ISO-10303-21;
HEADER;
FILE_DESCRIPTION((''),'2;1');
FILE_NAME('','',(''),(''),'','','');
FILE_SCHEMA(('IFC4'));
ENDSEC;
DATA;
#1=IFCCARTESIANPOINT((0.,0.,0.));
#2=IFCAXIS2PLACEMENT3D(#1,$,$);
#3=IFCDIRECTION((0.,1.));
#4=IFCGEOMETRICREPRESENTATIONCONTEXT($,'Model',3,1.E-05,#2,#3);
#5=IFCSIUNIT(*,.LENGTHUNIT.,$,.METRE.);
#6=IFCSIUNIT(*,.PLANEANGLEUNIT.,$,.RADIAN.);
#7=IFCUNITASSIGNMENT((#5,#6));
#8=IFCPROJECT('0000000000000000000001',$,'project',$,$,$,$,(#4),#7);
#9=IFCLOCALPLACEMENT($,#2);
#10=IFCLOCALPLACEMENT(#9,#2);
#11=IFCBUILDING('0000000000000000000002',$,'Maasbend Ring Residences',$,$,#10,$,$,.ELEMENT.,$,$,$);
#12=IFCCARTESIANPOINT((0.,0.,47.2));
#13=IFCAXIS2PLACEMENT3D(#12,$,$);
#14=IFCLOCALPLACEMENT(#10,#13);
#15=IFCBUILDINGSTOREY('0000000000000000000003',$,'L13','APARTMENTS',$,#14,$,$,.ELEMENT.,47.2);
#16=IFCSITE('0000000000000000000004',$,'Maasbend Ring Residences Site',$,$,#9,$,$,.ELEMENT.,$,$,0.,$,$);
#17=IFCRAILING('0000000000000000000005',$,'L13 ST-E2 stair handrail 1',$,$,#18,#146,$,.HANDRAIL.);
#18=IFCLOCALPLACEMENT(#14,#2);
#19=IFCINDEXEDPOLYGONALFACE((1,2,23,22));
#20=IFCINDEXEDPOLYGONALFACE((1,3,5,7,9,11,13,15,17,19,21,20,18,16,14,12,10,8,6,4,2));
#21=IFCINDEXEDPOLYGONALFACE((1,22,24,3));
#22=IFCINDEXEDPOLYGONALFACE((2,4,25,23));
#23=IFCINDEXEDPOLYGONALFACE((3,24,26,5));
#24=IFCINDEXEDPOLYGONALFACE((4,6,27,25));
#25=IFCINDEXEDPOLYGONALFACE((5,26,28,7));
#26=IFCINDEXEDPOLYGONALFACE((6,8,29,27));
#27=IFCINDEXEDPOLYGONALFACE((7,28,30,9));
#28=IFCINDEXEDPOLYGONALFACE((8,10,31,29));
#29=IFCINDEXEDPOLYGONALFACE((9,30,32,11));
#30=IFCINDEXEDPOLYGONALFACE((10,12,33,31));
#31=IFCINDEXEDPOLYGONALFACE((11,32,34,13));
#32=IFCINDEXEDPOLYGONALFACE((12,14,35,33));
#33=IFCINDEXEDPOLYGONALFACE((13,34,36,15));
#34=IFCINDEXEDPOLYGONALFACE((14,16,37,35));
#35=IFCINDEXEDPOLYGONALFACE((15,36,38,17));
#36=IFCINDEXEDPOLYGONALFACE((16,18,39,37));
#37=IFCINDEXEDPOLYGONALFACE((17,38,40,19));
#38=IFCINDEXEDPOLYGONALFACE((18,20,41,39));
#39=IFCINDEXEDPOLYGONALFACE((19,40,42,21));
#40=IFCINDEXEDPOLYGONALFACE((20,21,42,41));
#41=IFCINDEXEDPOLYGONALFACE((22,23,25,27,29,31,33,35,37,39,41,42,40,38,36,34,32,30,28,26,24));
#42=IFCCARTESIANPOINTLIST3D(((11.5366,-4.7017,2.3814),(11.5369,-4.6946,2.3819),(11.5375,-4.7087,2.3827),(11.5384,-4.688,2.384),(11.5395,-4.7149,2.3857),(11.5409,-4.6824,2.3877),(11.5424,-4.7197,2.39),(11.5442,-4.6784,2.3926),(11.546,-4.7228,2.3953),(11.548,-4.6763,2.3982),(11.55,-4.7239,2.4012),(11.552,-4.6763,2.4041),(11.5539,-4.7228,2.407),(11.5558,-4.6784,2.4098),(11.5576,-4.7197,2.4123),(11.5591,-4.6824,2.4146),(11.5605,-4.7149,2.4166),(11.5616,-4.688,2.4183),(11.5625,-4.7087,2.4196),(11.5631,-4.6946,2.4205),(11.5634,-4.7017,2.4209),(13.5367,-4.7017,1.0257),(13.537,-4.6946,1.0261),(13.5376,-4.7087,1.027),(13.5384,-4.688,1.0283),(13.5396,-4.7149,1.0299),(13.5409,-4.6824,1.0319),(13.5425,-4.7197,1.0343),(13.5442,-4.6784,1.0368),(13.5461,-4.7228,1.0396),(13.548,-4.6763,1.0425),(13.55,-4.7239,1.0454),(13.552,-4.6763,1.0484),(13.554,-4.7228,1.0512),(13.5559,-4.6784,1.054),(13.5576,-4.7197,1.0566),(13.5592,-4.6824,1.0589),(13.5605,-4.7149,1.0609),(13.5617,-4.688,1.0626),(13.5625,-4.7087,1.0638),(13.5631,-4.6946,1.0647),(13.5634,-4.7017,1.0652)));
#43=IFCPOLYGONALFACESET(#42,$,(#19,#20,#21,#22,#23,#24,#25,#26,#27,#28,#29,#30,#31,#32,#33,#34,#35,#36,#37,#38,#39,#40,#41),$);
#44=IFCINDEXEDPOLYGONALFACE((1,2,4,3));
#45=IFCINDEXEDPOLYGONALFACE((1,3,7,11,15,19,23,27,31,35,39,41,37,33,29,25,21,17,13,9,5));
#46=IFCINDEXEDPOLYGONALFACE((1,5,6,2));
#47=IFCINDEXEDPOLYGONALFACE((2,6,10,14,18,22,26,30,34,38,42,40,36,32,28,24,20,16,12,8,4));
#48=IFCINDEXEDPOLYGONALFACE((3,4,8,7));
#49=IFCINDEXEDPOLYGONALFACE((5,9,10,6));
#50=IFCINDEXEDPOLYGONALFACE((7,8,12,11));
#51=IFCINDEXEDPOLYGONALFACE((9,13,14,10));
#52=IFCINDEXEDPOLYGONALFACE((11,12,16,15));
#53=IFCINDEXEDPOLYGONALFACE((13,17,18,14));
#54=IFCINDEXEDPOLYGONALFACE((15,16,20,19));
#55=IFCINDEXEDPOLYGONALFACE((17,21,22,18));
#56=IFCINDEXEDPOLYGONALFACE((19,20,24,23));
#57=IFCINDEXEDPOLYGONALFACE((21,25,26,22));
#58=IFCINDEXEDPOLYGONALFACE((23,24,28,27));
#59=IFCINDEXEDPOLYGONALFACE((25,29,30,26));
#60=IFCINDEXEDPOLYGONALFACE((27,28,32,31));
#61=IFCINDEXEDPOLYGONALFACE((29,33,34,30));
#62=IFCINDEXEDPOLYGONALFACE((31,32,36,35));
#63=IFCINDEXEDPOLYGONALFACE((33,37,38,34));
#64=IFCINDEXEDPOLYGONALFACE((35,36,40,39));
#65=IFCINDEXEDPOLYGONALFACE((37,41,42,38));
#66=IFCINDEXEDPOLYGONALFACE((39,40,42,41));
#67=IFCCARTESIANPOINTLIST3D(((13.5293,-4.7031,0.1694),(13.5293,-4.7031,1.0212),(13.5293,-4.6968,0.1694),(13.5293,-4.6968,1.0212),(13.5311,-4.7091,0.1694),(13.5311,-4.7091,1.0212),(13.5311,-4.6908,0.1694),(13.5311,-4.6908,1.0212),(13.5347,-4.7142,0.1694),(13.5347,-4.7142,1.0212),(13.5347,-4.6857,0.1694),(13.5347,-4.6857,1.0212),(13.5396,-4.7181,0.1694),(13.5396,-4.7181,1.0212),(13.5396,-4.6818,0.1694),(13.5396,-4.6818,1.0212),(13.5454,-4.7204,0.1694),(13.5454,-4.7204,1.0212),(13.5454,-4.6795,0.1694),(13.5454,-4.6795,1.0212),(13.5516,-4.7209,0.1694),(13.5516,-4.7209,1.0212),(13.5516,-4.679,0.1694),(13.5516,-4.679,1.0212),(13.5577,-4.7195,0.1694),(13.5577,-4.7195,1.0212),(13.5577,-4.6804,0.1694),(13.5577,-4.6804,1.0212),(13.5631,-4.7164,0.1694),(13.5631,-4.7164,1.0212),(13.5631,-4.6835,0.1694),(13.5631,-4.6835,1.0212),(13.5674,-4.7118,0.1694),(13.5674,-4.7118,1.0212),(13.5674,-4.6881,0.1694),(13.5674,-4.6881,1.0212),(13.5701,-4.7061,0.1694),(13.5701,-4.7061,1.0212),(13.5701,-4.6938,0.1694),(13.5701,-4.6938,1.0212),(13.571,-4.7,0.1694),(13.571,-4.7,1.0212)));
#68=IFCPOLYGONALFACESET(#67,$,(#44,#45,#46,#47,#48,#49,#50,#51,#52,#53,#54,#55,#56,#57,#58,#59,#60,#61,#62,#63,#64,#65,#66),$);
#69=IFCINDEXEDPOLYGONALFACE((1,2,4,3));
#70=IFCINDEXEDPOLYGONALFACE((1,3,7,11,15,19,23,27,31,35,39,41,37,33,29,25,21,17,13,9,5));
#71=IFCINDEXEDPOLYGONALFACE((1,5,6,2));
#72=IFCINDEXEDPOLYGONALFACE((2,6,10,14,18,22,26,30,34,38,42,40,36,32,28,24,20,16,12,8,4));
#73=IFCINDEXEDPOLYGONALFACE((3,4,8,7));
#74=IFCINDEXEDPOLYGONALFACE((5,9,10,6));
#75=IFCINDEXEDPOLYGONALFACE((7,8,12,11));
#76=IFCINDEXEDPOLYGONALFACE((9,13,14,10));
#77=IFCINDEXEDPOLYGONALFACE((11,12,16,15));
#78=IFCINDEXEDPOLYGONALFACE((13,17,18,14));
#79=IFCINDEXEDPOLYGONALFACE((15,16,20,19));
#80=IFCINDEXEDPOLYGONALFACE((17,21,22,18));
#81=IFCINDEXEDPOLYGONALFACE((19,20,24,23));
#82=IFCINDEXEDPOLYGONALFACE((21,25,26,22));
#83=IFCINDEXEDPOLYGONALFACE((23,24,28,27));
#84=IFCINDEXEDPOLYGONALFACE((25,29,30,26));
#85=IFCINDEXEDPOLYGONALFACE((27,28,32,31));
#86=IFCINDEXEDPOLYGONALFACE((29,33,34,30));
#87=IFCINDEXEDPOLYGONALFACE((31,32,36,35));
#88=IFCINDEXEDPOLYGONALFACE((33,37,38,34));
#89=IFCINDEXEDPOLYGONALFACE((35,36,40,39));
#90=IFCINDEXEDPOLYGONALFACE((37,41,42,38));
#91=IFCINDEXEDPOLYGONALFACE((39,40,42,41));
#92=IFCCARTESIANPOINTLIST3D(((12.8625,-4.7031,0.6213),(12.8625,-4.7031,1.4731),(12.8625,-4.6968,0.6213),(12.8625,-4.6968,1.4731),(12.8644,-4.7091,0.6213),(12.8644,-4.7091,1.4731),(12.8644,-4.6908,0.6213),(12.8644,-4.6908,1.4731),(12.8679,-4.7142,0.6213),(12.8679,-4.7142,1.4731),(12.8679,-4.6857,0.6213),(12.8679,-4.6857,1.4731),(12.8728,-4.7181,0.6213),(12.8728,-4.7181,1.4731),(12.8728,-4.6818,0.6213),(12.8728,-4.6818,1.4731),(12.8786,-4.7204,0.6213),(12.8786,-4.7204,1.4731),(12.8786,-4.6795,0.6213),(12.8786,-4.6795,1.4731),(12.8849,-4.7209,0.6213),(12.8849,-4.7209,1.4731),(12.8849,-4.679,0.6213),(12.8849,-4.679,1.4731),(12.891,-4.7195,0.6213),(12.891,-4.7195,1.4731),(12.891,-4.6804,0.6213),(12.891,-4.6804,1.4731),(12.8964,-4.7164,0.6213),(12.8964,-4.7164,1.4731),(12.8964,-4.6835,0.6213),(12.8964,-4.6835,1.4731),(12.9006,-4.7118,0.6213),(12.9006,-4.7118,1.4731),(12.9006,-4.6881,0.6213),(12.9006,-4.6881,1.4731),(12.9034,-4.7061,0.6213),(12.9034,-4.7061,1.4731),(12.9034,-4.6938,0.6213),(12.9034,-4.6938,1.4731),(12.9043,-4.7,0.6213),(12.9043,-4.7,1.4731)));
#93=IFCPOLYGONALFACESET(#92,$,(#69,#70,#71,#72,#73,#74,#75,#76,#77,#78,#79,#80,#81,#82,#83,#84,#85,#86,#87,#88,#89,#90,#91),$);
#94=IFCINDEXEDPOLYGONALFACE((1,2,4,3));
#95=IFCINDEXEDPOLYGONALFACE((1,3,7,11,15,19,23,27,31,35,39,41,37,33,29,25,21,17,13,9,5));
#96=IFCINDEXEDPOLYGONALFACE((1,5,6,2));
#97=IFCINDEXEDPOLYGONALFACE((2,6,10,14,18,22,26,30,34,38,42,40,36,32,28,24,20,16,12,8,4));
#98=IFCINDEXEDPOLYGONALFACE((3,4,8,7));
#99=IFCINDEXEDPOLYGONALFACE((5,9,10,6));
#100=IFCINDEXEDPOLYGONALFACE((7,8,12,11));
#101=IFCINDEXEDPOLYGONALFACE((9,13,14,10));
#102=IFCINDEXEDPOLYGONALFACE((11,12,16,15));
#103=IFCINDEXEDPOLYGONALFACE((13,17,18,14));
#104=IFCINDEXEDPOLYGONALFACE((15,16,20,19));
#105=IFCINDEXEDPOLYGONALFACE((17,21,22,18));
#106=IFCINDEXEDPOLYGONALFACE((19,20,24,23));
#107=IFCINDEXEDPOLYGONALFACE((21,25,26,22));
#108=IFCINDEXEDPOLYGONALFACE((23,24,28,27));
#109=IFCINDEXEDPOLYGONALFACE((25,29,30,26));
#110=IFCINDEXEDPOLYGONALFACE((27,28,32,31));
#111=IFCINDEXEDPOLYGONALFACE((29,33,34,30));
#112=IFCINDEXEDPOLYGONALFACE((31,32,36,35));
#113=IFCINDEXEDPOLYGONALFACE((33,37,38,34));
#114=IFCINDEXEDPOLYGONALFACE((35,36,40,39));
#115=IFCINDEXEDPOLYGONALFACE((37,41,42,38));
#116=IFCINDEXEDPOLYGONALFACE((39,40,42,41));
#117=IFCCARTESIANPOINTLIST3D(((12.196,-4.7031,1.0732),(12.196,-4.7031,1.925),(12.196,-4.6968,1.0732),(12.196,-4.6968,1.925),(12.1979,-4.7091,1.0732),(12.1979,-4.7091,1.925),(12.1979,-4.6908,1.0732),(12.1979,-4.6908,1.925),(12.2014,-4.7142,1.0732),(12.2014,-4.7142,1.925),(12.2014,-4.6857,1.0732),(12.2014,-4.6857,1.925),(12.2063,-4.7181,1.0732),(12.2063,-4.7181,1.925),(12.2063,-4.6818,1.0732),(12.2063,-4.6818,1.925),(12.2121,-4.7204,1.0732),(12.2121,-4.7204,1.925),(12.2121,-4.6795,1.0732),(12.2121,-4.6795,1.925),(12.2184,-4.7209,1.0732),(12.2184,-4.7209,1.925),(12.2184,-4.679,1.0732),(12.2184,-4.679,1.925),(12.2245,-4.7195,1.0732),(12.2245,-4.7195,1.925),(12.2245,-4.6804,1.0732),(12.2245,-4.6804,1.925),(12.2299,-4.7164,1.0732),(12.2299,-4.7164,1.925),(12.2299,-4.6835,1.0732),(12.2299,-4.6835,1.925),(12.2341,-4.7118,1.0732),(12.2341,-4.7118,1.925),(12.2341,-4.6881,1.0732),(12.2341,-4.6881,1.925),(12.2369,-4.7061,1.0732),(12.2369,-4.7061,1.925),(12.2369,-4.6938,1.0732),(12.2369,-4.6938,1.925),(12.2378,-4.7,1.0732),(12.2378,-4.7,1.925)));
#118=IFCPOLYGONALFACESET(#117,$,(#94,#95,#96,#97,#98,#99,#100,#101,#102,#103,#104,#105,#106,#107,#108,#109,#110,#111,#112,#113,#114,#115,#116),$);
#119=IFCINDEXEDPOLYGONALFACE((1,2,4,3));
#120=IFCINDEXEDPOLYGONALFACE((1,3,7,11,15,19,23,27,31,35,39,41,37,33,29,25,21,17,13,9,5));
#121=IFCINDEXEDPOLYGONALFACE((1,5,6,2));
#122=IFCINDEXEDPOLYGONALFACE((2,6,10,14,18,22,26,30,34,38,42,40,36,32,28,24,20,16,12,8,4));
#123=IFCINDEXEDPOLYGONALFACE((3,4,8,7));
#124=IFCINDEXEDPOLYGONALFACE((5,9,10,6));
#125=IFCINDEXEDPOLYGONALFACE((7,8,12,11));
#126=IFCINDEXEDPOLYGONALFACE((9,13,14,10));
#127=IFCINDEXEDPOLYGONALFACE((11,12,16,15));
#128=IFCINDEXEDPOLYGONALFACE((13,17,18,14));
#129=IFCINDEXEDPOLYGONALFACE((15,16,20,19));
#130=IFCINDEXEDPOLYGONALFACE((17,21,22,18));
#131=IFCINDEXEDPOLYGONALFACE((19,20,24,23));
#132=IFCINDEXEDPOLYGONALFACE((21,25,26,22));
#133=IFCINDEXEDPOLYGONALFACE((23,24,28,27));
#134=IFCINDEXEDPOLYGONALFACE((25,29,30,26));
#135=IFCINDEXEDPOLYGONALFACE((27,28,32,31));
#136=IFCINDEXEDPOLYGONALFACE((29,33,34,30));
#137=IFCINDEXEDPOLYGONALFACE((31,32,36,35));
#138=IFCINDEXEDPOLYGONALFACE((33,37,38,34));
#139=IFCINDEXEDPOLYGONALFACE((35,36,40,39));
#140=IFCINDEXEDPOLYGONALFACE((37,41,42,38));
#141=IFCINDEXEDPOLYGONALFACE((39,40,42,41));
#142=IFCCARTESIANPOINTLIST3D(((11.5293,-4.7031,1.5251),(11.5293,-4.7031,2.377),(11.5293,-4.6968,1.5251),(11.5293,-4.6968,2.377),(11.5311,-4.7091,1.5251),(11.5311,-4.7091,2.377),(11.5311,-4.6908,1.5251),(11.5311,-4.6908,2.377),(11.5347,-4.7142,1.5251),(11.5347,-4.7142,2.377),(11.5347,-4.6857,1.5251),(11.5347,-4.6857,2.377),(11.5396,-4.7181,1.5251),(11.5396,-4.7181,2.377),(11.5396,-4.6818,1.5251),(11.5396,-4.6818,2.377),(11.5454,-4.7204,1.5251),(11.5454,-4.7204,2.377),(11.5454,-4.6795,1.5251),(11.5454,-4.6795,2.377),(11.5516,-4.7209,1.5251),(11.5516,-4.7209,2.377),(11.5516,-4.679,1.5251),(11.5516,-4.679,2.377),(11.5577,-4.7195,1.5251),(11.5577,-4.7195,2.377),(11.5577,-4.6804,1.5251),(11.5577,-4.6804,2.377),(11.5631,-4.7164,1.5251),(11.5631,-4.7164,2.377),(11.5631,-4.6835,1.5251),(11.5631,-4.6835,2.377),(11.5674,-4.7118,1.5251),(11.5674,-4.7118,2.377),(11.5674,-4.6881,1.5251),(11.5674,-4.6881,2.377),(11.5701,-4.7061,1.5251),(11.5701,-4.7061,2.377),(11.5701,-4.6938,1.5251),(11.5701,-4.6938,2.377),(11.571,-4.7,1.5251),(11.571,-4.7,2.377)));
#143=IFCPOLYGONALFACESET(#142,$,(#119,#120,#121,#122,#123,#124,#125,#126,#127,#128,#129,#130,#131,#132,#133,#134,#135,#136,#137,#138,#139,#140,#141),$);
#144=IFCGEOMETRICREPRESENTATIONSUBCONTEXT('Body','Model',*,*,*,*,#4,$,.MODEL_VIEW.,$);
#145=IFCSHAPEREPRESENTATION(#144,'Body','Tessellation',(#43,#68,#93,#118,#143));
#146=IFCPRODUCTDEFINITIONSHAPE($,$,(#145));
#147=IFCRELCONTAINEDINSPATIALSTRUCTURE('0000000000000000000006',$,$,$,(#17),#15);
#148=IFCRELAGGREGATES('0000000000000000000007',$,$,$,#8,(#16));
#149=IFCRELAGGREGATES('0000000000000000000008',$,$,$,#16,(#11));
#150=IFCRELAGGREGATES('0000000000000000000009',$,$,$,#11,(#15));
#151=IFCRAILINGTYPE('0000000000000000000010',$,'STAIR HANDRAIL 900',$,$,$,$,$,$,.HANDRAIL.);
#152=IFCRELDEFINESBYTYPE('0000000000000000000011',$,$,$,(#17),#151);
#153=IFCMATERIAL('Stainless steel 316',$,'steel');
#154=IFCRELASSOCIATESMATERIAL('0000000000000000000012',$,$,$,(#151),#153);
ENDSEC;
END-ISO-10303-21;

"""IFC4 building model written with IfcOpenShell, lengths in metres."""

from ifc_helpers import new_model, si_unit, direction, frame, origin, origin_2d, place, context, subcontext, project, spatial, circle, extrude, material, type_object, element, save


model = new_model("IFC4")

# Units and contexts
model_context = context("Model", 3, precision=1e-05, world=origin(), true_north=direction((0.0, 1.0)))
body_context = subcontext(model_context, "Body", "Model", "MODEL_VIEW")
ifc_project = project(units=[si_unit("LENGTHUNIT", "METRE"), si_unit("PLANEANGLEUNIT", "RADIAN")], contexts=[model_context])

# Site, building, storey
site_placement = place(None, origin())
site = spatial("IfcSite", under=ifc_project, at=site_placement, Name="Maasbend Ring Residences Site", CompositionType="ELEMENT", RefElevation=0.0)
building_placement = place(site_placement, origin())
building = spatial("IfcBuilding", under=site, at=building_placement, Name="Maasbend Ring Residences", CompositionType="ELEMENT")
storey_placement = place(building_placement, frame((0.0, 0.0, 47.2)))
storey = spatial("IfcBuildingStorey", under=building, at=storey_placement, Name="L13", Description="APARTMENTS", CompositionType="ELEMENT", Elevation=47.2)

# Railing
ifc_material_1 = material(Name="Stainless steel 316", Category="steel")
railing_type_1 = type_object("IfcRailingType", Name="STAIR HANDRAIL 900", PredefinedType="HANDRAIL", material=ifc_material_1)
railing_1_placement = place(storey_placement, frame((13.55, -4.7, 0.1694)))
element("IfcRailing", 1, at=railing_1_placement, inside=storey, type_object=railing_type_1, Name="L13 ST-E2 stair handrail 1", PredefinedType="HANDRAIL", context=body_context, shape_type="SweptSolid", body=[
    extrude(circle(Radius=0.0239, at=origin_2d()), frame((0.0, 0.0, 0.876), z_axis=(-0.827751, 0.0, 0.561096), x_axis=(0.0, -1.0, 0.0)), (0.0, 0.0, 1.0), 2.4163),
    extrude(circle(Radius=0.021, at=origin_2d()), origin(), (0.0, 0.0, 1.0), 0.8518),
    extrude(circle(Radius=0.021, at=origin_2d()), frame((-0.6667, 0.0, 0.4519)), (0.0, 0.0, 1.0), 0.8518),
    extrude(circle(Radius=0.021, at=origin_2d()), frame((-1.3333, 0.0, 0.9038)), (0.0, 0.0, 1.0), 0.8518),
    extrude(circle(Radius=0.021, at=origin_2d()), frame((-2.0, 0.0, 1.3557)), (0.0, 0.0, 1.0), 0.8518),
])

save(model, "model.ifc")
